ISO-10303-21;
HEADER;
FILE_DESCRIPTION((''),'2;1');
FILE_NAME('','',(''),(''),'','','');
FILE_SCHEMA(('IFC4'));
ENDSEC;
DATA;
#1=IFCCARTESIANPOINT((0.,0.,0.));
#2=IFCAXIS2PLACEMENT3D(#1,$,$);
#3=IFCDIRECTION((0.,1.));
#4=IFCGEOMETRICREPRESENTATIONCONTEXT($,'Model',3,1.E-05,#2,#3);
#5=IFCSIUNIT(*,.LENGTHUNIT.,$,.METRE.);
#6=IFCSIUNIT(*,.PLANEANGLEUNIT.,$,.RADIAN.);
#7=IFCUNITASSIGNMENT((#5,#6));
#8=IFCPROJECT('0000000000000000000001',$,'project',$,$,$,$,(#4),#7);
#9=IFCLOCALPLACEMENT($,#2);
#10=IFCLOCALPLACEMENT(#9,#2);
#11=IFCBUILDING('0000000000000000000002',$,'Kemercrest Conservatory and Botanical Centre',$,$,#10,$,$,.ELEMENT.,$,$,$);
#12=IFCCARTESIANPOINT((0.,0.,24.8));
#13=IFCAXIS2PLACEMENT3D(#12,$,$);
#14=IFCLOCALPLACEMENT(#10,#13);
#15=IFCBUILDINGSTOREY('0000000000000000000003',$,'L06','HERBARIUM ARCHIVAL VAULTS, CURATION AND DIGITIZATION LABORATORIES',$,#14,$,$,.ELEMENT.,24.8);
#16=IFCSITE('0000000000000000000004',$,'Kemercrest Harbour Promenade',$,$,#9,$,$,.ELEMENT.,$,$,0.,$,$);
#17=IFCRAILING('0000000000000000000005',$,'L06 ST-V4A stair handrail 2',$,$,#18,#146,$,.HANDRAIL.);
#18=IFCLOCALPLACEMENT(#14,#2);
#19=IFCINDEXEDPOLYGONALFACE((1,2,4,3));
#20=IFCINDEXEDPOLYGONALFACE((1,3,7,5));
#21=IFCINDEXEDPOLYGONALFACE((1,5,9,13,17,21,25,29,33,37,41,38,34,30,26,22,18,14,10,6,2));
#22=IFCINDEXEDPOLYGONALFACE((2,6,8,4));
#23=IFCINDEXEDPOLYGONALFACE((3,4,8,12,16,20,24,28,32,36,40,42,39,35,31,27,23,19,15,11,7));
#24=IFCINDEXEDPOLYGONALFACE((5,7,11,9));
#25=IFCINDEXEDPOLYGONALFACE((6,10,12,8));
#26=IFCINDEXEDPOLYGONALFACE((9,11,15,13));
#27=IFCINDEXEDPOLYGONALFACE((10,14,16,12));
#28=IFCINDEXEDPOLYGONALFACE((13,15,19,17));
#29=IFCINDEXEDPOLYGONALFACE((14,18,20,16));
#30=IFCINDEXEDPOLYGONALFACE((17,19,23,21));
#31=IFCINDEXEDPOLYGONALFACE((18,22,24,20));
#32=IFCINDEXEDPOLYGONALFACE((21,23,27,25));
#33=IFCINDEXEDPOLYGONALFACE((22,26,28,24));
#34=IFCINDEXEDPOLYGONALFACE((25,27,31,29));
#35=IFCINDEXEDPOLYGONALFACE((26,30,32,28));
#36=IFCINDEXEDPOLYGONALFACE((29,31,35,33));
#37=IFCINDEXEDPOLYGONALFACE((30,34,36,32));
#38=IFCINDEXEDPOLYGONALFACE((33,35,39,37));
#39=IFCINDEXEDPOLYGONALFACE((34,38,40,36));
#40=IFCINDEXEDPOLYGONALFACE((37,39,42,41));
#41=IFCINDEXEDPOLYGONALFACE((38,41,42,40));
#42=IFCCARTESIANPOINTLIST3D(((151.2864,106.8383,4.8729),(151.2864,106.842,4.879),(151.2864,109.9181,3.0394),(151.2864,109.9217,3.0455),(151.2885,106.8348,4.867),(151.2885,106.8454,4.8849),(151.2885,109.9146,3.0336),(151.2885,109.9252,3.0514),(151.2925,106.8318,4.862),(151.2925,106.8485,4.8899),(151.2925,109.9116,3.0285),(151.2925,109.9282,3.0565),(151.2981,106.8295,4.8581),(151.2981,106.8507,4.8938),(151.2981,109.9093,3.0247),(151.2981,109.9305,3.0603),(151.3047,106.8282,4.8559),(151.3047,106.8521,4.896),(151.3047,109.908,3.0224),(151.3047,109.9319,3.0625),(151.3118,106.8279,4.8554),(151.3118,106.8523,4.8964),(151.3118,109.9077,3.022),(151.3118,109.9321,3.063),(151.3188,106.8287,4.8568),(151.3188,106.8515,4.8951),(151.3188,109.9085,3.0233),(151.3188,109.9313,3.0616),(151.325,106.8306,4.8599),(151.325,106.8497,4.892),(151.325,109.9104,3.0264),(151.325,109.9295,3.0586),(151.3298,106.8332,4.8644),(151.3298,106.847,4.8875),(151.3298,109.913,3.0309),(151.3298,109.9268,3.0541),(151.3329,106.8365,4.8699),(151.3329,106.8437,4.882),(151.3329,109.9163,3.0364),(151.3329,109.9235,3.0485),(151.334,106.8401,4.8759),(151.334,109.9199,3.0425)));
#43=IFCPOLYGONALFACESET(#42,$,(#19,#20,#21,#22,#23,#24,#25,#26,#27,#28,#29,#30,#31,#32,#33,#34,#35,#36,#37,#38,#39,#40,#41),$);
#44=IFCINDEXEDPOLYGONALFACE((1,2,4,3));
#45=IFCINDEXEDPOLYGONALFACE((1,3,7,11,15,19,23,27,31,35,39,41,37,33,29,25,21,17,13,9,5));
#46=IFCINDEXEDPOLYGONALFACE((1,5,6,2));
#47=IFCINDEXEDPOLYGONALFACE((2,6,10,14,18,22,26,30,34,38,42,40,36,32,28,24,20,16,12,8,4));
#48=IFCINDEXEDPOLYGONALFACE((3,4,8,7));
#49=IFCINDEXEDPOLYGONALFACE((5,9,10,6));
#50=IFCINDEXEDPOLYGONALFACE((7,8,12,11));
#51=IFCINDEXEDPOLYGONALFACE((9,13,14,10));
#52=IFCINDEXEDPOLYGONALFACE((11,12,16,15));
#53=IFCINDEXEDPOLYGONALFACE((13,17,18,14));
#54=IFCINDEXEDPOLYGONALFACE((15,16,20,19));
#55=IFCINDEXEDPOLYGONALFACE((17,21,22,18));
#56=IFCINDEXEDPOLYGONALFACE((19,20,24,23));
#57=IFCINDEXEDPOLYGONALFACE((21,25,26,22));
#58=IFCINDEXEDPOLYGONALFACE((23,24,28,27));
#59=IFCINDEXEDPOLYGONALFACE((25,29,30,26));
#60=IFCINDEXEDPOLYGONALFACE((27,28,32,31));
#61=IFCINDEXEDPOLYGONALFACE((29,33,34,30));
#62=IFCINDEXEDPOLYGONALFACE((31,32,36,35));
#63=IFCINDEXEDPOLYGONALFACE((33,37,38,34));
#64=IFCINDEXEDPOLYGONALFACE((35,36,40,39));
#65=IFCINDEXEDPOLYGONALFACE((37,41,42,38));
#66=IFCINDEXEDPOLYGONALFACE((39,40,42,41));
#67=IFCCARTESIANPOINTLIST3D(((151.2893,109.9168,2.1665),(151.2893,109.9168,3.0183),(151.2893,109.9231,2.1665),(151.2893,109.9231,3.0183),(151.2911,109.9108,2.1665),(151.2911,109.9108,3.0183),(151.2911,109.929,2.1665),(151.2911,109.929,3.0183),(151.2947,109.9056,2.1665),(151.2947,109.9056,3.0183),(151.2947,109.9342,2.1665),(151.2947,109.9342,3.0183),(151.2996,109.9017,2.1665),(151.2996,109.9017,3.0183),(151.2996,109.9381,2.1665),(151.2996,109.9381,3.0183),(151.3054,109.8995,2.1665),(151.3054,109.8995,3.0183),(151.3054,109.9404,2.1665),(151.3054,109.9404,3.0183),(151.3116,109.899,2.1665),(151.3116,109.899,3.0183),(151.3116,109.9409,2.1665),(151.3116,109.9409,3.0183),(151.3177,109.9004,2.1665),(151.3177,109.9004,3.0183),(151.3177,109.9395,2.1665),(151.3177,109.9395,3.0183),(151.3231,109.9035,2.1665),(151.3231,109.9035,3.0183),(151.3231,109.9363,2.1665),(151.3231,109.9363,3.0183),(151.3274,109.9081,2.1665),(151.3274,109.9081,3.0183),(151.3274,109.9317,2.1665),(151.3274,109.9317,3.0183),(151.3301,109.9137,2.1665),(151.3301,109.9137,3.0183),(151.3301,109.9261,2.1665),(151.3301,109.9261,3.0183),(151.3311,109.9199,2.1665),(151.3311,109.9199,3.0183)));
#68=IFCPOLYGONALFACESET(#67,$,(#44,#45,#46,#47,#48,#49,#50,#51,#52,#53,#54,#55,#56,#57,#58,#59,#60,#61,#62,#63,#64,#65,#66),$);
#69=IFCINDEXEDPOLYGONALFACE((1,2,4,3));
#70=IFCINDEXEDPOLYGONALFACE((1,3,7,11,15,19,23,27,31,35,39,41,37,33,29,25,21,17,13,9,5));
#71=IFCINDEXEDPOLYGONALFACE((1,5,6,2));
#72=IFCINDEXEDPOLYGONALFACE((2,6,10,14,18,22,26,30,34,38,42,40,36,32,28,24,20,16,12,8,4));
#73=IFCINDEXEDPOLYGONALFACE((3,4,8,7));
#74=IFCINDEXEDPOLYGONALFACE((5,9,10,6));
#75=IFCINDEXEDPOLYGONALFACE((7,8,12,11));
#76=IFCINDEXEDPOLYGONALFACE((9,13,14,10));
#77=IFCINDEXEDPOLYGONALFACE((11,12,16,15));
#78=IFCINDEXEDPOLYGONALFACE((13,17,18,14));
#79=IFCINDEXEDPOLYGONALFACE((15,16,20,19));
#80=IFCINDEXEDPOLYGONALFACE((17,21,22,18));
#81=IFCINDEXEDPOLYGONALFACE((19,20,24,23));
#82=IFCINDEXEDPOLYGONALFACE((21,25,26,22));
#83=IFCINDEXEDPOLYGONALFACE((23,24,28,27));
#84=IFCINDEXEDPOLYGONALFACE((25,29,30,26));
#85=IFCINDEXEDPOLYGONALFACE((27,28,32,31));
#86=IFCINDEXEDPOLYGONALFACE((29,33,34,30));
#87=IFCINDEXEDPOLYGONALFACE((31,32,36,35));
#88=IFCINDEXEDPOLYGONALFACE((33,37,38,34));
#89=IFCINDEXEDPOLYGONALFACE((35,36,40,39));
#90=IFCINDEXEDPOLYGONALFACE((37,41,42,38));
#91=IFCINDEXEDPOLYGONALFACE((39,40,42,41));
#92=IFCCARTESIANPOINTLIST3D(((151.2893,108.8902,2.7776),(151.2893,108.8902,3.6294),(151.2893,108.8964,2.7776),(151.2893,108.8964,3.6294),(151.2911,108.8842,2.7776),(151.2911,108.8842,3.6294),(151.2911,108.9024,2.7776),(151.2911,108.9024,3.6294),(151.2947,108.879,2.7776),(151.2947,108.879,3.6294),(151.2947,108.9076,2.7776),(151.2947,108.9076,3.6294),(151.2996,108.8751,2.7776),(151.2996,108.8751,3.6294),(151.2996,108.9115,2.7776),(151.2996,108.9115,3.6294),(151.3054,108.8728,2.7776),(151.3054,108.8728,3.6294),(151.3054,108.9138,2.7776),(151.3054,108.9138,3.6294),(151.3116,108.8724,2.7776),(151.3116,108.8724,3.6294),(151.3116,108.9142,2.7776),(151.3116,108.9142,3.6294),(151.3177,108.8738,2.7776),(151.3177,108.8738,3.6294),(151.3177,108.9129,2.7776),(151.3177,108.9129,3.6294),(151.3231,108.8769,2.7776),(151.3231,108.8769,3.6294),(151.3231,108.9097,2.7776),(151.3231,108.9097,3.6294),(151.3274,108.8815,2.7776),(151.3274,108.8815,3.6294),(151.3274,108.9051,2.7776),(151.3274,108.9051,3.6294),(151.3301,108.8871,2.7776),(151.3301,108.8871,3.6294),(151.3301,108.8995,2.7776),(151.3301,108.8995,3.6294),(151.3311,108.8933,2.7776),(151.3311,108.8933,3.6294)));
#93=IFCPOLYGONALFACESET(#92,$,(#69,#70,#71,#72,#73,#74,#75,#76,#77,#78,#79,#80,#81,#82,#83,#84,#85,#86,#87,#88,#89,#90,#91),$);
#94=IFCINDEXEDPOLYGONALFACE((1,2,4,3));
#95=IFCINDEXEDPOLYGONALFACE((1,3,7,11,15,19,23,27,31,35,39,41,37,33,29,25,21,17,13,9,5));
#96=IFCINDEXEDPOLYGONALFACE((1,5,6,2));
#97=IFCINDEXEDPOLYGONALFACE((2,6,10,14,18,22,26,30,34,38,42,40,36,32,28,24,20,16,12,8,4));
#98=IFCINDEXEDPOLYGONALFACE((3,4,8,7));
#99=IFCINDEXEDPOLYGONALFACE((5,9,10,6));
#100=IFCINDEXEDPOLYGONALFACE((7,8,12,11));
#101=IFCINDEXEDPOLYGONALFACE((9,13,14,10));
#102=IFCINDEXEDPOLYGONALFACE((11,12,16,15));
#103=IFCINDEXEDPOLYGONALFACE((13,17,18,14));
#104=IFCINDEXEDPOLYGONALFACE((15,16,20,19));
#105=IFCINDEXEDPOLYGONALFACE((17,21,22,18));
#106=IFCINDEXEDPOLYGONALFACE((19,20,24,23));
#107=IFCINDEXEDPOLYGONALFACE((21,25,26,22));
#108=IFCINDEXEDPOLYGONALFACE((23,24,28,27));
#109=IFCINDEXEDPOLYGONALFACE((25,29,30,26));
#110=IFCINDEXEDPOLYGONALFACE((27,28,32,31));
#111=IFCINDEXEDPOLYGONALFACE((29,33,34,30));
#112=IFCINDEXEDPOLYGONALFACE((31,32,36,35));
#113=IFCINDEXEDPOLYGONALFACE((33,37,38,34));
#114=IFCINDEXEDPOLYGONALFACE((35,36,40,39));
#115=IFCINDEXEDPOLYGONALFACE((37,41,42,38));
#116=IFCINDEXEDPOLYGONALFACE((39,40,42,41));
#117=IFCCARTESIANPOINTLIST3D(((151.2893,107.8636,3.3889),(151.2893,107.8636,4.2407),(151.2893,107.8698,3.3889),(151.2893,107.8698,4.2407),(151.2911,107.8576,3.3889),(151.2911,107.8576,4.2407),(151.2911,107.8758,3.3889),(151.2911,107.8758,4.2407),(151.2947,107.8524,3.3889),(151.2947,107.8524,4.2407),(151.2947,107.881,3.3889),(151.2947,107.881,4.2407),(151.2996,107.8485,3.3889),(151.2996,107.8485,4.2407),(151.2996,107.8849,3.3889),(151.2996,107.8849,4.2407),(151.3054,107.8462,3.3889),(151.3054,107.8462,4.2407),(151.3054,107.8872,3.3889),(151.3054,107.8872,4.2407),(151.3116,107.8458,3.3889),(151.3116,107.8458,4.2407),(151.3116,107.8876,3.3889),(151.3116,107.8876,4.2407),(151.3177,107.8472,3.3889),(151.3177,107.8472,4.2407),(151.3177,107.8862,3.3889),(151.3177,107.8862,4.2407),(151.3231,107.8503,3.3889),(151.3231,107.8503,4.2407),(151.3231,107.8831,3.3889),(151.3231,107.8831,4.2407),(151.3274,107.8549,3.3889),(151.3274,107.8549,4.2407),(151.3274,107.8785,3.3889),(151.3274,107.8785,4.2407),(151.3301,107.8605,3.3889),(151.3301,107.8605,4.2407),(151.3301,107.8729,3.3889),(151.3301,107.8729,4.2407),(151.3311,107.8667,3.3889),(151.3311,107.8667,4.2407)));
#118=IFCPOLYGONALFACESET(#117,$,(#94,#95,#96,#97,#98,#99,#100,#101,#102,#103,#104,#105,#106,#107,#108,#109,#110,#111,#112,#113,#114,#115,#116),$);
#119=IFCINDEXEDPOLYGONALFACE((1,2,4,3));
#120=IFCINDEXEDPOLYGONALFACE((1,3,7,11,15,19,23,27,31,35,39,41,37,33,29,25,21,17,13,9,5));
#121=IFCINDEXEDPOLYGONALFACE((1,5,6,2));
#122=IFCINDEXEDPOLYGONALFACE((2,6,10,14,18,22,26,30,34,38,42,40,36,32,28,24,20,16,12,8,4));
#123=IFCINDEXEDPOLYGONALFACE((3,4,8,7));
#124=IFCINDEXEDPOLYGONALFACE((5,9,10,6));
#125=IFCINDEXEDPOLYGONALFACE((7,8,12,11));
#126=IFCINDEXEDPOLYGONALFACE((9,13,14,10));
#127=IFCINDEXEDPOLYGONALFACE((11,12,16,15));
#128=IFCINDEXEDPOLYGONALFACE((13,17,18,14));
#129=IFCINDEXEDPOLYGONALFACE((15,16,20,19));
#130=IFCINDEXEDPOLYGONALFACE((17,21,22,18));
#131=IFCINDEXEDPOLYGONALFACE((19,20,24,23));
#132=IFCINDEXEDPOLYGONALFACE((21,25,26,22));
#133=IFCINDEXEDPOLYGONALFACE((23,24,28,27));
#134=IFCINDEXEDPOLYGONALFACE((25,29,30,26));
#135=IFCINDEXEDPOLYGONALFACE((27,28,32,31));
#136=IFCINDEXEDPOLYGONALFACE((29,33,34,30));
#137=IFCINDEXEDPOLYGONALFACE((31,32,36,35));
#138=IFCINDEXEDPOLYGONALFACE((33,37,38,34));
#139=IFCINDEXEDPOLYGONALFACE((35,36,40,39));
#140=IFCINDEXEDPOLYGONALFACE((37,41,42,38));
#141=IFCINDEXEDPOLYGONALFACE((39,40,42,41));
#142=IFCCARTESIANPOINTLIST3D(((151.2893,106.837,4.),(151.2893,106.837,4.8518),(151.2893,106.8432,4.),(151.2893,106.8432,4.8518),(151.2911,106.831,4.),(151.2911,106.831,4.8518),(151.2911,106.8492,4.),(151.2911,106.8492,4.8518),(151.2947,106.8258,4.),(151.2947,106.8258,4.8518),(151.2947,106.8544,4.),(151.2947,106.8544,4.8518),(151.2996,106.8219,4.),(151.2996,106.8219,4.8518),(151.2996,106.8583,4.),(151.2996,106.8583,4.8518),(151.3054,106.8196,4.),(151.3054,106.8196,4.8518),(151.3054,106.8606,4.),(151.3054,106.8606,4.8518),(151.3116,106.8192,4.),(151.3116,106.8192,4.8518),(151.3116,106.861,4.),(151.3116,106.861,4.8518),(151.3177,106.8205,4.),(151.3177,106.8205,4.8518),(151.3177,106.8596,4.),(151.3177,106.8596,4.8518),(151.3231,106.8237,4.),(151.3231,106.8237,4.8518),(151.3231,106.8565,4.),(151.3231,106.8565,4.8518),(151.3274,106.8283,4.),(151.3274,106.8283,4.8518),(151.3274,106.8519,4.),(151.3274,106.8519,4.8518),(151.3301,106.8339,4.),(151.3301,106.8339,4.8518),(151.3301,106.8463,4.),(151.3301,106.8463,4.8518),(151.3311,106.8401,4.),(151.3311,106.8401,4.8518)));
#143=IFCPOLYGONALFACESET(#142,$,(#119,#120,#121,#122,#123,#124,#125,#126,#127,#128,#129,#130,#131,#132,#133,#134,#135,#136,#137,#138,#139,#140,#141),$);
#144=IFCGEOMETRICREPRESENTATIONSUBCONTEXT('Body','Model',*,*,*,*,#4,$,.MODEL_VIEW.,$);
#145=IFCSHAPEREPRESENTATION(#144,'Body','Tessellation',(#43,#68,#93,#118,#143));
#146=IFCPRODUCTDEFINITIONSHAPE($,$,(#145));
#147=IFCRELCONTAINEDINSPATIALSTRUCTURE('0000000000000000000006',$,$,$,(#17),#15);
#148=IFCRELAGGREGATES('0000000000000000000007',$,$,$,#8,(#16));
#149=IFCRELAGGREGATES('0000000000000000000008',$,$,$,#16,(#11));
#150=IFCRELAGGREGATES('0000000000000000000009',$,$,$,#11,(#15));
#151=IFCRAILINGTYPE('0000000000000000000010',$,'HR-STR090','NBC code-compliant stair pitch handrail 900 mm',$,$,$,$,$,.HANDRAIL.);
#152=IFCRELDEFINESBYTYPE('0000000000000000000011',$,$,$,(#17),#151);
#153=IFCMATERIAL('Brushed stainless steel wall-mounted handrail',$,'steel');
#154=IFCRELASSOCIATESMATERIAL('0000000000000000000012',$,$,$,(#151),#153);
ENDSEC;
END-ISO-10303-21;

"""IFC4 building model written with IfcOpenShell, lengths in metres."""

from ifc_helpers import new_model, si_unit, direction, frame, origin, origin_2d, place, context, subcontext, project, spatial, circle, extrude, material, type_object, element, save


model = new_model("IFC4")

# Units and contexts
model_context = context("Model", 3, precision=1e-05, world=origin(), true_north=direction((0.0, 1.0)))
body_context = subcontext(model_context, "Body", "Model", "MODEL_VIEW")
ifc_project = project(units=[si_unit("LENGTHUNIT", "METRE"), si_unit("PLANEANGLEUNIT", "RADIAN")], contexts=[model_context])

# Site, building, storey
site_placement = place(None, origin())
site = spatial("IfcSite", under=ifc_project, at=site_placement, Name="Kemercrest Harbour Promenade", CompositionType="ELEMENT", RefElevation=0.0)
building_placement = place(site_placement, origin())
building = spatial("IfcBuilding", under=site, at=building_placement, Name="Kemercrest Conservatory and Botanical Centre", CompositionType="ELEMENT")
storey_placement = place(building_placement, frame((0.0, 0.0, 24.8)))
storey = spatial("IfcBuildingStorey", under=building, at=storey_placement, Name="L06", Description="HERBARIUM ARCHIVAL VAULTS, CURATION AND DIGITIZATION LABORATORIES", CompositionType="ELEMENT", Elevation=24.8)

# Railing
ifc_material_1 = material(Name="Brushed stainless steel wall-mounted handrail", Category="steel")
railing_type_1 = type_object("IfcRailingType", Name="HR-STR090", Description="NBC code-compliant stair pitch handrail 900 mm", PredefinedType="HANDRAIL", material=ifc_material_1)
for number, where, name in (
    (1, (151.3101, 109.9199, 2.1665), "L06 ST-V4A stair handrail 2"),
):
    element("IfcRailing", number, at=place(storey_placement, frame(where)), inside=storey, type_object=railing_type_1, Name=name, PredefinedType="HANDRAIL", context=body_context, shape_type="SweptSolid", body=[
        extrude(circle(Radius=0.0239, at=origin_2d()), frame((0.0, 0.0, 0.876), z_axis=(0.0, -0.859261, 0.511538), x_axis=(1.0, 0.0, 0.0)), (0.0, 0.0, 1.0), 3.5842),
        extrude(circle(Radius=0.021, at=origin_2d()), origin(), (0.0, 0.0, 1.0), 0.8518),
        extrude(circle(Radius=0.021, at=origin_2d()), frame((0.0, -1.0266, 0.6111)), (0.0, 0.0, 1.0), 0.8518),
        extrude(circle(Radius=0.021, at=origin_2d()), frame((0.0, -2.0532, 1.2224)), (0.0, 0.0, 1.0), 0.8518),
        extrude(circle(Radius=0.021, at=origin_2d()), frame((0.0, -3.0798, 1.8335)), (0.0, 0.0, 1.0), 0.8518),
    ])

save(model, "model.ifc")
